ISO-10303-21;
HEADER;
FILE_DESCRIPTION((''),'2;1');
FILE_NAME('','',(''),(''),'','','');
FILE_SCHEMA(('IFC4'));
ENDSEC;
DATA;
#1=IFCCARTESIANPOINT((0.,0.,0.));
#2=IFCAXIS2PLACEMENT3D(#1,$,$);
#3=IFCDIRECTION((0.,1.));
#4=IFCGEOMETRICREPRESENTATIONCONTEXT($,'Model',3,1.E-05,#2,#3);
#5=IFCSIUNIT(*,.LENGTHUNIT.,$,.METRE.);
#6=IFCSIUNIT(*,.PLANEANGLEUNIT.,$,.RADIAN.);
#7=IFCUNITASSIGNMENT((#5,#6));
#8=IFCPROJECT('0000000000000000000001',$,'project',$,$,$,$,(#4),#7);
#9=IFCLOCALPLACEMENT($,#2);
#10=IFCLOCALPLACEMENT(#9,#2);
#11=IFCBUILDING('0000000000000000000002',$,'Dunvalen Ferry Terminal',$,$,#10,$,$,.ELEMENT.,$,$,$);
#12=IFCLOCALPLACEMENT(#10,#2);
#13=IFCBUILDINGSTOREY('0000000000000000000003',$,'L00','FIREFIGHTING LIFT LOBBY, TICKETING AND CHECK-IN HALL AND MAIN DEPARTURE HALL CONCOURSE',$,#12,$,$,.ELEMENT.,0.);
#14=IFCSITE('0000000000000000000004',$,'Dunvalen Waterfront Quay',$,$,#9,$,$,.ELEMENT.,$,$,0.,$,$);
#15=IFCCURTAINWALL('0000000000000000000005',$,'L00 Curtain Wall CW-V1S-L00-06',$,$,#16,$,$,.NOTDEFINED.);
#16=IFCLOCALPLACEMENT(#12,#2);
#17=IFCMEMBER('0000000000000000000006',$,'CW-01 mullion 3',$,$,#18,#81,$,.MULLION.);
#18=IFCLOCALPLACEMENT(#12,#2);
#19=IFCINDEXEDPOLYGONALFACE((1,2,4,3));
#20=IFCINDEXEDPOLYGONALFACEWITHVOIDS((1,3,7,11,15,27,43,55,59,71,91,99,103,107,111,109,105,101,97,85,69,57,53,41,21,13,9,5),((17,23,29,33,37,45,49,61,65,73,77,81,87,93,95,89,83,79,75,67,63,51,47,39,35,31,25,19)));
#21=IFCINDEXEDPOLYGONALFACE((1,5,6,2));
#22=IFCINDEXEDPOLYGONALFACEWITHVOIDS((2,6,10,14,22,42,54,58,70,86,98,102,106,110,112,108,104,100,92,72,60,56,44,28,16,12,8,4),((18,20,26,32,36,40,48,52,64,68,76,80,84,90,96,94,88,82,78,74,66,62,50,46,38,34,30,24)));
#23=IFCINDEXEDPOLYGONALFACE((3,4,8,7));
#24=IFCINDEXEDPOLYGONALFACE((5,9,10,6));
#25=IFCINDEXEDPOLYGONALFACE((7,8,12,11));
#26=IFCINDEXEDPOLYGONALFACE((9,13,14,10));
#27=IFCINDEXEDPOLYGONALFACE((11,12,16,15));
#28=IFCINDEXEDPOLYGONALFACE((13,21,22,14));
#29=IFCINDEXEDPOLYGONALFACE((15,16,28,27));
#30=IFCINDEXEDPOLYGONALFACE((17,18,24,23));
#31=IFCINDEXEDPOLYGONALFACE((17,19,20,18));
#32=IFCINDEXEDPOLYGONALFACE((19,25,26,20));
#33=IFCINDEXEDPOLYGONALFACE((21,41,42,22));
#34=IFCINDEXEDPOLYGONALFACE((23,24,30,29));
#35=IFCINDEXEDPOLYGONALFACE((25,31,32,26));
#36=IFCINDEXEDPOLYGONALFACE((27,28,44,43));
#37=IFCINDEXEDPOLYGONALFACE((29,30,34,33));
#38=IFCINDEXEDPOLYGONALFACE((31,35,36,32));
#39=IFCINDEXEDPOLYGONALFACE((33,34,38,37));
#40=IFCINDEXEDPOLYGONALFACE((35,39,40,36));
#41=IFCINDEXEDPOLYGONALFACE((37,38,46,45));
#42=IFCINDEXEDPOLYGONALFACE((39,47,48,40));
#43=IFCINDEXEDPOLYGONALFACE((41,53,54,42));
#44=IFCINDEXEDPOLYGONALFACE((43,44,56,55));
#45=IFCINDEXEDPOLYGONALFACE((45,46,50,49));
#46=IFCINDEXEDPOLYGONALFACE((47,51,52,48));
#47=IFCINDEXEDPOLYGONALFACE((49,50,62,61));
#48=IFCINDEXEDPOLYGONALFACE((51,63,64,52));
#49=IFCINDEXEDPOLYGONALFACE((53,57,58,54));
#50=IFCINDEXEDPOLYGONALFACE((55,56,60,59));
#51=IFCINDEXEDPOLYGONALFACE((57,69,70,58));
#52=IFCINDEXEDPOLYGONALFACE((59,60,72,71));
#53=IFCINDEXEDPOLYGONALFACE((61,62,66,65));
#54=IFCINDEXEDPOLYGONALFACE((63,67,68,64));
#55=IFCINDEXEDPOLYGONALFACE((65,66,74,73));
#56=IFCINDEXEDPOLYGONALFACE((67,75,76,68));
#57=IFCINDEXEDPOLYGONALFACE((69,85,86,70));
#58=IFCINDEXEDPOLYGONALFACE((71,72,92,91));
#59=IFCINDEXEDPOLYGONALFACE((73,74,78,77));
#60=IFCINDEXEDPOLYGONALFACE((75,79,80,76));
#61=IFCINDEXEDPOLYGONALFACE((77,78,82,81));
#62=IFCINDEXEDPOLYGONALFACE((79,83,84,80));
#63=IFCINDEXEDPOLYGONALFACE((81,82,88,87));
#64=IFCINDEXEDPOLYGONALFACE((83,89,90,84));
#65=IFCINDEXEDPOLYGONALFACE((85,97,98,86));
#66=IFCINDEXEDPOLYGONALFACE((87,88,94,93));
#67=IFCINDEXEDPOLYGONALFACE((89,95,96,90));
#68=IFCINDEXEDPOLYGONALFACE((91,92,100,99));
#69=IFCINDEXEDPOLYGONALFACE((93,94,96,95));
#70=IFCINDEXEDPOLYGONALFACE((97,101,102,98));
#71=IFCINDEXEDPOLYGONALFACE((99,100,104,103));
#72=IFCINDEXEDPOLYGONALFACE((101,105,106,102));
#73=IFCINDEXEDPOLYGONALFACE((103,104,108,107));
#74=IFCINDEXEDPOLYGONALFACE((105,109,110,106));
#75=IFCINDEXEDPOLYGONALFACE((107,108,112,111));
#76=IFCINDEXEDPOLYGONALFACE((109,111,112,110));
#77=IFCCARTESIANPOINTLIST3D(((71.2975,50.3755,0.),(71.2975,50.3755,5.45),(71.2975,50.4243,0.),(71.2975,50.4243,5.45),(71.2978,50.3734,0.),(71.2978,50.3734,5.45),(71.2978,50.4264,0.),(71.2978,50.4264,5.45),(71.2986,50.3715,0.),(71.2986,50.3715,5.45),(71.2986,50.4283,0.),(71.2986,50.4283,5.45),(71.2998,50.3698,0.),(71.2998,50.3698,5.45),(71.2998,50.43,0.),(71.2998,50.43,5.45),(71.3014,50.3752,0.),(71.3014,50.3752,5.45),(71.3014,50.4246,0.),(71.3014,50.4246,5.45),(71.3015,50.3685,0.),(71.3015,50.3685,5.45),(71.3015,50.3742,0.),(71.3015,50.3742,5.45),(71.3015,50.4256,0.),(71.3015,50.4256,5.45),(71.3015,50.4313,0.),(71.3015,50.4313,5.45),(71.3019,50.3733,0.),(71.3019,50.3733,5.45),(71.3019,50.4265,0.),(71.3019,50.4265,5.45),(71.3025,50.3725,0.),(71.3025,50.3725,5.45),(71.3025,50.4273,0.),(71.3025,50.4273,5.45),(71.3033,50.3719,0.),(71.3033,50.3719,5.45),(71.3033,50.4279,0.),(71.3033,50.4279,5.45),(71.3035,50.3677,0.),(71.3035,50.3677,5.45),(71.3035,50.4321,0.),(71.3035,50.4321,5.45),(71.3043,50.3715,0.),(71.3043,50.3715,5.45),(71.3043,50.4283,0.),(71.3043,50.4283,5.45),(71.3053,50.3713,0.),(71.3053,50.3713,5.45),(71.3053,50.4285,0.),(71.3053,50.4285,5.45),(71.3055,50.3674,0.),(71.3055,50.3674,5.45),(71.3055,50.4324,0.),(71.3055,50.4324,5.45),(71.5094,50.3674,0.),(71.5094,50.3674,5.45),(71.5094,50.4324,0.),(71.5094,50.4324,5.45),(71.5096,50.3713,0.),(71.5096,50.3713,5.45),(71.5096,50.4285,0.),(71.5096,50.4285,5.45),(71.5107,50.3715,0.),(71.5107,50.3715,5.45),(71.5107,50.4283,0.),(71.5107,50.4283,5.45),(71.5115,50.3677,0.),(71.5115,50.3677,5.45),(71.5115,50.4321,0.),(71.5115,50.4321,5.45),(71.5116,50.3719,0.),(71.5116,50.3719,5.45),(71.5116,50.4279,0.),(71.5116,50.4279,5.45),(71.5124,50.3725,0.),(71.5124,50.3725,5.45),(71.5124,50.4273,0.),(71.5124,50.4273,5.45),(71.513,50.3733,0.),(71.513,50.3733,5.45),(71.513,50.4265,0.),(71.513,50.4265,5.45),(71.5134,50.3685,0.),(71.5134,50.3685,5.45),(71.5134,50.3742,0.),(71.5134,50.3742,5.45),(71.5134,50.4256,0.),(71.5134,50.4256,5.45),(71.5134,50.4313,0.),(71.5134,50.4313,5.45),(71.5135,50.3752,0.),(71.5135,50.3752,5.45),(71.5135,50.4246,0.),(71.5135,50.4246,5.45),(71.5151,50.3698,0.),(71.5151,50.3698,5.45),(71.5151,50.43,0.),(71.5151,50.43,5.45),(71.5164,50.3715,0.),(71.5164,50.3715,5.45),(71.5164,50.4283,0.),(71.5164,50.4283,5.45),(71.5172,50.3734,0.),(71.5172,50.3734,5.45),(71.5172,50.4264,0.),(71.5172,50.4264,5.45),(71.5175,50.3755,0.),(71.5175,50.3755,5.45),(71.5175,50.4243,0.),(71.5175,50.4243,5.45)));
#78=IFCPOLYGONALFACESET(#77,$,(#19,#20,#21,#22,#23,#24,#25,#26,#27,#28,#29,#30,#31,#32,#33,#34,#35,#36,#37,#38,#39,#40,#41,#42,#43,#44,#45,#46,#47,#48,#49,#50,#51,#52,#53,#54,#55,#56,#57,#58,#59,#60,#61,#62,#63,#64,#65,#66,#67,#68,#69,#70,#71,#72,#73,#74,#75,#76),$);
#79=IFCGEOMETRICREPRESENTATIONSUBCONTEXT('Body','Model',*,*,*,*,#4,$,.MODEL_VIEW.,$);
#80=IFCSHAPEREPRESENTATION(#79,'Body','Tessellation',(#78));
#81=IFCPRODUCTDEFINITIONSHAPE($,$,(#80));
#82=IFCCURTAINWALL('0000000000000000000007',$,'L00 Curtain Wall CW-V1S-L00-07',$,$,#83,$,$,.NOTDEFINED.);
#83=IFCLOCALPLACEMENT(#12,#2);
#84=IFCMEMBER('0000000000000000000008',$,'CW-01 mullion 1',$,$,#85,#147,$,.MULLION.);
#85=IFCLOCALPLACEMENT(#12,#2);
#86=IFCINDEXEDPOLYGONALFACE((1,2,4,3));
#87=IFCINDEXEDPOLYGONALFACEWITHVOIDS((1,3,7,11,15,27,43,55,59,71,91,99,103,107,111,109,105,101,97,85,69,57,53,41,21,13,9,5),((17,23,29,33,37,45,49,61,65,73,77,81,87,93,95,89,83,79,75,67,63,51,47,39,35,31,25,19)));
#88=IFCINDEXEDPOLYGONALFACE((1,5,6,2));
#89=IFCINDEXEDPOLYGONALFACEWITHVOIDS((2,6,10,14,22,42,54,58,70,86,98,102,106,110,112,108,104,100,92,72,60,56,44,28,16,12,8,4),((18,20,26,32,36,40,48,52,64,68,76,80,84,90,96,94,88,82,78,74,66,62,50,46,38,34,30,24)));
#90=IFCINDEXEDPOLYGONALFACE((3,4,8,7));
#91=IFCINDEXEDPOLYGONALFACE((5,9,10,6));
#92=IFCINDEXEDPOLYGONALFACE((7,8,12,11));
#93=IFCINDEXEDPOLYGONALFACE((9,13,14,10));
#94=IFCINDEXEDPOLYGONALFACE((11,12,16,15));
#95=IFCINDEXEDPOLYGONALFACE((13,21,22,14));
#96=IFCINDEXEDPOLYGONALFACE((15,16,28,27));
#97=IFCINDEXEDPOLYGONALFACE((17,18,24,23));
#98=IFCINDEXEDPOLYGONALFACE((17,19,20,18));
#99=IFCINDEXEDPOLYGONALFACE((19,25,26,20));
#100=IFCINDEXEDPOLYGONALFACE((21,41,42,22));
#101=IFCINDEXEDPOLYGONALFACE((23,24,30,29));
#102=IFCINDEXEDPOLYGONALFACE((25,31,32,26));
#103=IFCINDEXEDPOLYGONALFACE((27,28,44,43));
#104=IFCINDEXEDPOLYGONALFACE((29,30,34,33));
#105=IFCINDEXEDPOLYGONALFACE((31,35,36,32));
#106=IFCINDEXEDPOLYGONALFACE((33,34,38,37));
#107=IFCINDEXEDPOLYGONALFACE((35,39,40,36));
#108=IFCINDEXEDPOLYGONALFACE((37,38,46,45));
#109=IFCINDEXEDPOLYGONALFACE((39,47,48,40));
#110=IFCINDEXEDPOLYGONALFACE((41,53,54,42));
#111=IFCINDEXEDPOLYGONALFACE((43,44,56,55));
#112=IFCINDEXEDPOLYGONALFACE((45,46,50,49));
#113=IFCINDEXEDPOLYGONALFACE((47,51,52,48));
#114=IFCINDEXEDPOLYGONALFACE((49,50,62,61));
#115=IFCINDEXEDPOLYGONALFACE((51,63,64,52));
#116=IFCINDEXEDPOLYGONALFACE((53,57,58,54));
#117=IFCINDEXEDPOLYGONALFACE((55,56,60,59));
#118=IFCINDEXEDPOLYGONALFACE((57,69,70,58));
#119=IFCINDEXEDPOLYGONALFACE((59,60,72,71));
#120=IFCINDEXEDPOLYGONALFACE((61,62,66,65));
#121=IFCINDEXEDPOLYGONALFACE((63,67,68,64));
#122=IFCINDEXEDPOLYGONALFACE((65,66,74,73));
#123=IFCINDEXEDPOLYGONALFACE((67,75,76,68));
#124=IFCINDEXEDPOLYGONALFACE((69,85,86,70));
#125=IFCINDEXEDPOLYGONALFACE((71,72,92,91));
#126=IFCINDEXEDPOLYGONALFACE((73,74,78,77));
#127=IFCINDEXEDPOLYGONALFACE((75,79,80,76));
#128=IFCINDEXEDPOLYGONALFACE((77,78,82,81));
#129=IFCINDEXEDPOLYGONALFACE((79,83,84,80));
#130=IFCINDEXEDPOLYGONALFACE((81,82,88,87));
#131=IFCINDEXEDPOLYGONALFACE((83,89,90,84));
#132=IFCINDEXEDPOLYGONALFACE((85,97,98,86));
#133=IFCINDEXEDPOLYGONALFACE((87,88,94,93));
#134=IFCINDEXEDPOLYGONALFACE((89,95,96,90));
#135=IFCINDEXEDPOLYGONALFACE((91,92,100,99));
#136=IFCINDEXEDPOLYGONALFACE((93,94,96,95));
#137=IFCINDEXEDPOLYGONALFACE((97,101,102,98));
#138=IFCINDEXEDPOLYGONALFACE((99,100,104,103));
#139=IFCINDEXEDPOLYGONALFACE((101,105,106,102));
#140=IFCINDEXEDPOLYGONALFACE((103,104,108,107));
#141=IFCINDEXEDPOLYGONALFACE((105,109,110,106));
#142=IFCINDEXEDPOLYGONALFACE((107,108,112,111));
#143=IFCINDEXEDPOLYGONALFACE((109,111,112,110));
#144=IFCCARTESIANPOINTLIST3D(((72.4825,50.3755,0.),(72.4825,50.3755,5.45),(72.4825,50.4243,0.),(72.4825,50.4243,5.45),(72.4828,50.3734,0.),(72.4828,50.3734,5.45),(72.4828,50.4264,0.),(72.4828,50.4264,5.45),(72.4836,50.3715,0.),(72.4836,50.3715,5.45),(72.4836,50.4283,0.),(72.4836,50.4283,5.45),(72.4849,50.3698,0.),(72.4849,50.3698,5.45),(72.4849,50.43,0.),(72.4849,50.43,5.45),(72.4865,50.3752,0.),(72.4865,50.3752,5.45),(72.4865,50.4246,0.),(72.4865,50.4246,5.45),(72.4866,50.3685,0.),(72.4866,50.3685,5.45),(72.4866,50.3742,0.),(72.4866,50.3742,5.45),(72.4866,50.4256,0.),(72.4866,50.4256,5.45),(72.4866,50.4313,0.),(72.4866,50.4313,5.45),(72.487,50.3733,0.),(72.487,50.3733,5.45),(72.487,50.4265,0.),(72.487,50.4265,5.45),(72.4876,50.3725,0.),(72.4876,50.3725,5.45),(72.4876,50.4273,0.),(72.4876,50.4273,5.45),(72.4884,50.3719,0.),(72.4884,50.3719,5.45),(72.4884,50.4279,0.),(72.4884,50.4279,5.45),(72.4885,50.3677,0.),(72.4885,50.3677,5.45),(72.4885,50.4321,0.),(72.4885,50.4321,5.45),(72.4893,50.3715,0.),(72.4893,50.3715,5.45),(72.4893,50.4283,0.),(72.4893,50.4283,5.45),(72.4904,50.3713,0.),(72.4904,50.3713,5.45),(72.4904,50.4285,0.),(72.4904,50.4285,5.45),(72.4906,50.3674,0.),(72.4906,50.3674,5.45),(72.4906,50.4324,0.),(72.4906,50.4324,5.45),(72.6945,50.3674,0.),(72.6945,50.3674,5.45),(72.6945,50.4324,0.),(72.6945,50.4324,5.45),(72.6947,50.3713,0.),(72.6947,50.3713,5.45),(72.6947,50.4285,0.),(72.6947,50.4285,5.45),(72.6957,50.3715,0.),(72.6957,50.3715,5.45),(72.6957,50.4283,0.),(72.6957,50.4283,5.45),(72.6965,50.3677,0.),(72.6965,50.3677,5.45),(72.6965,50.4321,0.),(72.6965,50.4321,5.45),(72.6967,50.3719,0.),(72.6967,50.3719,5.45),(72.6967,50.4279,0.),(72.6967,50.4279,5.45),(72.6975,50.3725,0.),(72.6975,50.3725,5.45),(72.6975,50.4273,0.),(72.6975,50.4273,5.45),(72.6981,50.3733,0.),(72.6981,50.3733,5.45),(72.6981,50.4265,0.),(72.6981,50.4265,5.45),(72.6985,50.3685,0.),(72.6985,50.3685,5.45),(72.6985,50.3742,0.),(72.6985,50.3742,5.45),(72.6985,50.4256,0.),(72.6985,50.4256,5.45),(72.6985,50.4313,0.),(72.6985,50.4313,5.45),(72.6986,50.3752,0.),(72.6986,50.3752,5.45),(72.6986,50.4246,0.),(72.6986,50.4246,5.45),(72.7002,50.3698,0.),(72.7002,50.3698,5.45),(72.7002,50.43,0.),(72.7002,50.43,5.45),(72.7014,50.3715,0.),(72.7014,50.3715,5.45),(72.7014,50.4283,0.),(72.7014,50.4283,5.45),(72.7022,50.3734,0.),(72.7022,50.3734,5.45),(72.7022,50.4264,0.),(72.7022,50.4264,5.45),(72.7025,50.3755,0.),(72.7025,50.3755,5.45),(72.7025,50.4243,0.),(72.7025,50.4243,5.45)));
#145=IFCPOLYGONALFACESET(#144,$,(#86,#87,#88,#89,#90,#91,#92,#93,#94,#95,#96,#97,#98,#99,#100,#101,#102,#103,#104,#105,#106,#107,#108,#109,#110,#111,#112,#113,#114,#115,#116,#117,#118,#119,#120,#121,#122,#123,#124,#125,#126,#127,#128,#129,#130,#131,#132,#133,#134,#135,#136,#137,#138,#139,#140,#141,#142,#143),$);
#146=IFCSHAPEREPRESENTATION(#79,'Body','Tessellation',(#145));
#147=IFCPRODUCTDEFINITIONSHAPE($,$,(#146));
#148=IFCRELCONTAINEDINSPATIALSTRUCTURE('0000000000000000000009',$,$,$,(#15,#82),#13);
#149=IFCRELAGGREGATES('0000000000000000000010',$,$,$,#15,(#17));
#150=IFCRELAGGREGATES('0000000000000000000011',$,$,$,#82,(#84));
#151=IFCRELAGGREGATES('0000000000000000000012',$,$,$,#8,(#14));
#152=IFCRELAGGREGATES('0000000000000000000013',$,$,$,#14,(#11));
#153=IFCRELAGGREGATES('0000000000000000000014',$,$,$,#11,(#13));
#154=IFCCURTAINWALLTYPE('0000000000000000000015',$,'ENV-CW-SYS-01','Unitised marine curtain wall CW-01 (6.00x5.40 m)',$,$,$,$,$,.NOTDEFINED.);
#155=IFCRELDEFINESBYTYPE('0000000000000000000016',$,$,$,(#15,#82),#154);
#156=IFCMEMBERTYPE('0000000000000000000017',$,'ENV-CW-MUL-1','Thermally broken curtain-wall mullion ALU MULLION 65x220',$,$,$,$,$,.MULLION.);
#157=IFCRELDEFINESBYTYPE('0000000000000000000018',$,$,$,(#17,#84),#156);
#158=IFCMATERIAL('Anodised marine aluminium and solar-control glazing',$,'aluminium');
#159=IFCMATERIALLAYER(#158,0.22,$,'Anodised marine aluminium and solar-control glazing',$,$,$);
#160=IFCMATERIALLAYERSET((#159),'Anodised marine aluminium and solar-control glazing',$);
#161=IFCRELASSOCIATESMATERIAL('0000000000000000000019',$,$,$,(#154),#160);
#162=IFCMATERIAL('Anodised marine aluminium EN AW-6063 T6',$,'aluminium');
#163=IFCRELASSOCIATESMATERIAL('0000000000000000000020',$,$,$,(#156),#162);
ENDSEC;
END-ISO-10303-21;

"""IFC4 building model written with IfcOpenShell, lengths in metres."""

from ifc_helpers import new_model, si_unit, direction, frame, origin, origin_2d, place, context, subcontext, project, spatial, hollow_rectangle, extrude, material, layer, layer_set, material_profile, profile_set, type_object, element, aggregate, save


model = new_model("IFC4")

# Units and contexts
model_context = context("Model", 3, precision=1e-05, world=origin(), true_north=direction((0.0, 1.0)))
body_context = subcontext(model_context, "Body", "Model", "MODEL_VIEW")
ifc_project = project(units=[si_unit("LENGTHUNIT", "METRE"), si_unit("PLANEANGLEUNIT", "RADIAN")], contexts=[model_context])

# Site, building, storey
site_placement = place(None, origin())
site = spatial("IfcSite", under=ifc_project, at=site_placement, Name="Dunvalen Waterfront Quay", CompositionType="ELEMENT", RefElevation=0.0)
building_placement = place(site_placement, origin())
building = spatial("IfcBuilding", under=site, at=building_placement, Name="Dunvalen Ferry Terminal", CompositionType="ELEMENT")
storey_placement = place(building_placement, origin())
storey = spatial("IfcBuildingStorey", under=building, at=storey_placement, Name="L00", Description="FIREFIGHTING LIFT LOBBY, TICKETING AND CHECK-IN HALL AND MAIN DEPARTURE HALL CONCOURSE", CompositionType="ELEMENT", Elevation=0.0)

# Curtain wall, member
ifc_material_1 = material(Name="Anodised marine aluminium and solar-control glazing", Category="aluminium")
ifc_layer_1 = layer(ifc_material_1, 0.22, Name="Anodised marine aluminium and solar-control glazing")
ifc_layer_set_1 = layer_set([ifc_layer_1], Name="Anodised marine aluminium and solar-control glazing")
curtain_wall_type = type_object("IfcCurtainWallType", Name="ENV-CW-SYS-01", Description="Unitised marine curtain wall CW-01 (6.00x5.40 m)", PredefinedType="NOTDEFINED", material=ifc_layer_set_1)
curtain_wall_1_placement = place(storey_placement, origin())
curtain_wall_1 = element("IfcCurtainWall", 1, at=curtain_wall_1_placement, inside=storey, type_object=curtain_wall_type, Name="L00 Curtain Wall CW-V1S-L00-06", PredefinedType="NOTDEFINED")
ifc_material_2 = material(Name="Anodised marine aluminium EN AW-6063 T6", Category="aluminium")
ifc_material_profile_1 = material_profile(ifc_material_2, hollow_rectangle(XDim=0.0649, YDim=0.22, WallThickness=0.0039, InnerFilletRadius=0.0039, OuterFilletRadius=0.0081, at=origin_2d()), Name="Anodised marine aluminium EN AW-6063 T6")
ifc_profile_set_1 = profile_set([ifc_material_profile_1], Name="Anodised marine aluminium EN AW-6063 T6")
member_type_1 = type_object("IfcMemberType", Name="ENV-CW-MUL-1", Description="Thermally broken curtain-wall mullion ALU MULLION 65x220", PredefinedType="MULLION", material=ifc_profile_set_1)
member_1_placement = place(storey_placement, frame((71.4075, 50.3999, 0.0), z_axis=(0.0, 0.0, 1.0), x_axis=(0.0, 1.0, 0.0)))
member_1 = element("IfcMember", 2, at=member_1_placement, type_object=member_type_1, Name="CW-01 mullion 3", PredefinedType="MULLION", context=body_context, shape_type="SweptSolid", body=[
    extrude(hollow_rectangle(XDim=0.0649, YDim=0.22, WallThickness=0.0039, InnerFilletRadius=0.0039, OuterFilletRadius=0.0081, at=origin_2d()), origin(), (0.0, 0.0, 1.0), 5.45),
])

# Curtain wall, member
curtain_wall_2_placement = place(storey_placement, origin())
curtain_wall_2 = element("IfcCurtainWall", 3, at=curtain_wall_2_placement, inside=storey, type_object=curtain_wall_type, Name="L00 Curtain Wall CW-V1S-L00-07", PredefinedType="NOTDEFINED")
member_2_placement = place(storey_placement, frame((72.5925, 50.3999, 0.0), z_axis=(0.0, 0.0, 1.0), x_axis=(0.0, 1.0, 0.0)))
member_2 = element("IfcMember", 4, at=member_2_placement, type_object=member_type_1, Name="CW-01 mullion 1", PredefinedType="MULLION", context=body_context, shape_type="SweptSolid", body=[
    extrude(hollow_rectangle(XDim=0.0649, YDim=0.22, WallThickness=0.0039, InnerFilletRadius=0.0039, OuterFilletRadius=0.0081, at=origin_2d()), origin(), (0.0, 0.0, 1.0), 5.45),
])

aggregate(curtain_wall_1, [member_1])
aggregate(curtain_wall_2, [member_2])

save(model, "model.ifc")
